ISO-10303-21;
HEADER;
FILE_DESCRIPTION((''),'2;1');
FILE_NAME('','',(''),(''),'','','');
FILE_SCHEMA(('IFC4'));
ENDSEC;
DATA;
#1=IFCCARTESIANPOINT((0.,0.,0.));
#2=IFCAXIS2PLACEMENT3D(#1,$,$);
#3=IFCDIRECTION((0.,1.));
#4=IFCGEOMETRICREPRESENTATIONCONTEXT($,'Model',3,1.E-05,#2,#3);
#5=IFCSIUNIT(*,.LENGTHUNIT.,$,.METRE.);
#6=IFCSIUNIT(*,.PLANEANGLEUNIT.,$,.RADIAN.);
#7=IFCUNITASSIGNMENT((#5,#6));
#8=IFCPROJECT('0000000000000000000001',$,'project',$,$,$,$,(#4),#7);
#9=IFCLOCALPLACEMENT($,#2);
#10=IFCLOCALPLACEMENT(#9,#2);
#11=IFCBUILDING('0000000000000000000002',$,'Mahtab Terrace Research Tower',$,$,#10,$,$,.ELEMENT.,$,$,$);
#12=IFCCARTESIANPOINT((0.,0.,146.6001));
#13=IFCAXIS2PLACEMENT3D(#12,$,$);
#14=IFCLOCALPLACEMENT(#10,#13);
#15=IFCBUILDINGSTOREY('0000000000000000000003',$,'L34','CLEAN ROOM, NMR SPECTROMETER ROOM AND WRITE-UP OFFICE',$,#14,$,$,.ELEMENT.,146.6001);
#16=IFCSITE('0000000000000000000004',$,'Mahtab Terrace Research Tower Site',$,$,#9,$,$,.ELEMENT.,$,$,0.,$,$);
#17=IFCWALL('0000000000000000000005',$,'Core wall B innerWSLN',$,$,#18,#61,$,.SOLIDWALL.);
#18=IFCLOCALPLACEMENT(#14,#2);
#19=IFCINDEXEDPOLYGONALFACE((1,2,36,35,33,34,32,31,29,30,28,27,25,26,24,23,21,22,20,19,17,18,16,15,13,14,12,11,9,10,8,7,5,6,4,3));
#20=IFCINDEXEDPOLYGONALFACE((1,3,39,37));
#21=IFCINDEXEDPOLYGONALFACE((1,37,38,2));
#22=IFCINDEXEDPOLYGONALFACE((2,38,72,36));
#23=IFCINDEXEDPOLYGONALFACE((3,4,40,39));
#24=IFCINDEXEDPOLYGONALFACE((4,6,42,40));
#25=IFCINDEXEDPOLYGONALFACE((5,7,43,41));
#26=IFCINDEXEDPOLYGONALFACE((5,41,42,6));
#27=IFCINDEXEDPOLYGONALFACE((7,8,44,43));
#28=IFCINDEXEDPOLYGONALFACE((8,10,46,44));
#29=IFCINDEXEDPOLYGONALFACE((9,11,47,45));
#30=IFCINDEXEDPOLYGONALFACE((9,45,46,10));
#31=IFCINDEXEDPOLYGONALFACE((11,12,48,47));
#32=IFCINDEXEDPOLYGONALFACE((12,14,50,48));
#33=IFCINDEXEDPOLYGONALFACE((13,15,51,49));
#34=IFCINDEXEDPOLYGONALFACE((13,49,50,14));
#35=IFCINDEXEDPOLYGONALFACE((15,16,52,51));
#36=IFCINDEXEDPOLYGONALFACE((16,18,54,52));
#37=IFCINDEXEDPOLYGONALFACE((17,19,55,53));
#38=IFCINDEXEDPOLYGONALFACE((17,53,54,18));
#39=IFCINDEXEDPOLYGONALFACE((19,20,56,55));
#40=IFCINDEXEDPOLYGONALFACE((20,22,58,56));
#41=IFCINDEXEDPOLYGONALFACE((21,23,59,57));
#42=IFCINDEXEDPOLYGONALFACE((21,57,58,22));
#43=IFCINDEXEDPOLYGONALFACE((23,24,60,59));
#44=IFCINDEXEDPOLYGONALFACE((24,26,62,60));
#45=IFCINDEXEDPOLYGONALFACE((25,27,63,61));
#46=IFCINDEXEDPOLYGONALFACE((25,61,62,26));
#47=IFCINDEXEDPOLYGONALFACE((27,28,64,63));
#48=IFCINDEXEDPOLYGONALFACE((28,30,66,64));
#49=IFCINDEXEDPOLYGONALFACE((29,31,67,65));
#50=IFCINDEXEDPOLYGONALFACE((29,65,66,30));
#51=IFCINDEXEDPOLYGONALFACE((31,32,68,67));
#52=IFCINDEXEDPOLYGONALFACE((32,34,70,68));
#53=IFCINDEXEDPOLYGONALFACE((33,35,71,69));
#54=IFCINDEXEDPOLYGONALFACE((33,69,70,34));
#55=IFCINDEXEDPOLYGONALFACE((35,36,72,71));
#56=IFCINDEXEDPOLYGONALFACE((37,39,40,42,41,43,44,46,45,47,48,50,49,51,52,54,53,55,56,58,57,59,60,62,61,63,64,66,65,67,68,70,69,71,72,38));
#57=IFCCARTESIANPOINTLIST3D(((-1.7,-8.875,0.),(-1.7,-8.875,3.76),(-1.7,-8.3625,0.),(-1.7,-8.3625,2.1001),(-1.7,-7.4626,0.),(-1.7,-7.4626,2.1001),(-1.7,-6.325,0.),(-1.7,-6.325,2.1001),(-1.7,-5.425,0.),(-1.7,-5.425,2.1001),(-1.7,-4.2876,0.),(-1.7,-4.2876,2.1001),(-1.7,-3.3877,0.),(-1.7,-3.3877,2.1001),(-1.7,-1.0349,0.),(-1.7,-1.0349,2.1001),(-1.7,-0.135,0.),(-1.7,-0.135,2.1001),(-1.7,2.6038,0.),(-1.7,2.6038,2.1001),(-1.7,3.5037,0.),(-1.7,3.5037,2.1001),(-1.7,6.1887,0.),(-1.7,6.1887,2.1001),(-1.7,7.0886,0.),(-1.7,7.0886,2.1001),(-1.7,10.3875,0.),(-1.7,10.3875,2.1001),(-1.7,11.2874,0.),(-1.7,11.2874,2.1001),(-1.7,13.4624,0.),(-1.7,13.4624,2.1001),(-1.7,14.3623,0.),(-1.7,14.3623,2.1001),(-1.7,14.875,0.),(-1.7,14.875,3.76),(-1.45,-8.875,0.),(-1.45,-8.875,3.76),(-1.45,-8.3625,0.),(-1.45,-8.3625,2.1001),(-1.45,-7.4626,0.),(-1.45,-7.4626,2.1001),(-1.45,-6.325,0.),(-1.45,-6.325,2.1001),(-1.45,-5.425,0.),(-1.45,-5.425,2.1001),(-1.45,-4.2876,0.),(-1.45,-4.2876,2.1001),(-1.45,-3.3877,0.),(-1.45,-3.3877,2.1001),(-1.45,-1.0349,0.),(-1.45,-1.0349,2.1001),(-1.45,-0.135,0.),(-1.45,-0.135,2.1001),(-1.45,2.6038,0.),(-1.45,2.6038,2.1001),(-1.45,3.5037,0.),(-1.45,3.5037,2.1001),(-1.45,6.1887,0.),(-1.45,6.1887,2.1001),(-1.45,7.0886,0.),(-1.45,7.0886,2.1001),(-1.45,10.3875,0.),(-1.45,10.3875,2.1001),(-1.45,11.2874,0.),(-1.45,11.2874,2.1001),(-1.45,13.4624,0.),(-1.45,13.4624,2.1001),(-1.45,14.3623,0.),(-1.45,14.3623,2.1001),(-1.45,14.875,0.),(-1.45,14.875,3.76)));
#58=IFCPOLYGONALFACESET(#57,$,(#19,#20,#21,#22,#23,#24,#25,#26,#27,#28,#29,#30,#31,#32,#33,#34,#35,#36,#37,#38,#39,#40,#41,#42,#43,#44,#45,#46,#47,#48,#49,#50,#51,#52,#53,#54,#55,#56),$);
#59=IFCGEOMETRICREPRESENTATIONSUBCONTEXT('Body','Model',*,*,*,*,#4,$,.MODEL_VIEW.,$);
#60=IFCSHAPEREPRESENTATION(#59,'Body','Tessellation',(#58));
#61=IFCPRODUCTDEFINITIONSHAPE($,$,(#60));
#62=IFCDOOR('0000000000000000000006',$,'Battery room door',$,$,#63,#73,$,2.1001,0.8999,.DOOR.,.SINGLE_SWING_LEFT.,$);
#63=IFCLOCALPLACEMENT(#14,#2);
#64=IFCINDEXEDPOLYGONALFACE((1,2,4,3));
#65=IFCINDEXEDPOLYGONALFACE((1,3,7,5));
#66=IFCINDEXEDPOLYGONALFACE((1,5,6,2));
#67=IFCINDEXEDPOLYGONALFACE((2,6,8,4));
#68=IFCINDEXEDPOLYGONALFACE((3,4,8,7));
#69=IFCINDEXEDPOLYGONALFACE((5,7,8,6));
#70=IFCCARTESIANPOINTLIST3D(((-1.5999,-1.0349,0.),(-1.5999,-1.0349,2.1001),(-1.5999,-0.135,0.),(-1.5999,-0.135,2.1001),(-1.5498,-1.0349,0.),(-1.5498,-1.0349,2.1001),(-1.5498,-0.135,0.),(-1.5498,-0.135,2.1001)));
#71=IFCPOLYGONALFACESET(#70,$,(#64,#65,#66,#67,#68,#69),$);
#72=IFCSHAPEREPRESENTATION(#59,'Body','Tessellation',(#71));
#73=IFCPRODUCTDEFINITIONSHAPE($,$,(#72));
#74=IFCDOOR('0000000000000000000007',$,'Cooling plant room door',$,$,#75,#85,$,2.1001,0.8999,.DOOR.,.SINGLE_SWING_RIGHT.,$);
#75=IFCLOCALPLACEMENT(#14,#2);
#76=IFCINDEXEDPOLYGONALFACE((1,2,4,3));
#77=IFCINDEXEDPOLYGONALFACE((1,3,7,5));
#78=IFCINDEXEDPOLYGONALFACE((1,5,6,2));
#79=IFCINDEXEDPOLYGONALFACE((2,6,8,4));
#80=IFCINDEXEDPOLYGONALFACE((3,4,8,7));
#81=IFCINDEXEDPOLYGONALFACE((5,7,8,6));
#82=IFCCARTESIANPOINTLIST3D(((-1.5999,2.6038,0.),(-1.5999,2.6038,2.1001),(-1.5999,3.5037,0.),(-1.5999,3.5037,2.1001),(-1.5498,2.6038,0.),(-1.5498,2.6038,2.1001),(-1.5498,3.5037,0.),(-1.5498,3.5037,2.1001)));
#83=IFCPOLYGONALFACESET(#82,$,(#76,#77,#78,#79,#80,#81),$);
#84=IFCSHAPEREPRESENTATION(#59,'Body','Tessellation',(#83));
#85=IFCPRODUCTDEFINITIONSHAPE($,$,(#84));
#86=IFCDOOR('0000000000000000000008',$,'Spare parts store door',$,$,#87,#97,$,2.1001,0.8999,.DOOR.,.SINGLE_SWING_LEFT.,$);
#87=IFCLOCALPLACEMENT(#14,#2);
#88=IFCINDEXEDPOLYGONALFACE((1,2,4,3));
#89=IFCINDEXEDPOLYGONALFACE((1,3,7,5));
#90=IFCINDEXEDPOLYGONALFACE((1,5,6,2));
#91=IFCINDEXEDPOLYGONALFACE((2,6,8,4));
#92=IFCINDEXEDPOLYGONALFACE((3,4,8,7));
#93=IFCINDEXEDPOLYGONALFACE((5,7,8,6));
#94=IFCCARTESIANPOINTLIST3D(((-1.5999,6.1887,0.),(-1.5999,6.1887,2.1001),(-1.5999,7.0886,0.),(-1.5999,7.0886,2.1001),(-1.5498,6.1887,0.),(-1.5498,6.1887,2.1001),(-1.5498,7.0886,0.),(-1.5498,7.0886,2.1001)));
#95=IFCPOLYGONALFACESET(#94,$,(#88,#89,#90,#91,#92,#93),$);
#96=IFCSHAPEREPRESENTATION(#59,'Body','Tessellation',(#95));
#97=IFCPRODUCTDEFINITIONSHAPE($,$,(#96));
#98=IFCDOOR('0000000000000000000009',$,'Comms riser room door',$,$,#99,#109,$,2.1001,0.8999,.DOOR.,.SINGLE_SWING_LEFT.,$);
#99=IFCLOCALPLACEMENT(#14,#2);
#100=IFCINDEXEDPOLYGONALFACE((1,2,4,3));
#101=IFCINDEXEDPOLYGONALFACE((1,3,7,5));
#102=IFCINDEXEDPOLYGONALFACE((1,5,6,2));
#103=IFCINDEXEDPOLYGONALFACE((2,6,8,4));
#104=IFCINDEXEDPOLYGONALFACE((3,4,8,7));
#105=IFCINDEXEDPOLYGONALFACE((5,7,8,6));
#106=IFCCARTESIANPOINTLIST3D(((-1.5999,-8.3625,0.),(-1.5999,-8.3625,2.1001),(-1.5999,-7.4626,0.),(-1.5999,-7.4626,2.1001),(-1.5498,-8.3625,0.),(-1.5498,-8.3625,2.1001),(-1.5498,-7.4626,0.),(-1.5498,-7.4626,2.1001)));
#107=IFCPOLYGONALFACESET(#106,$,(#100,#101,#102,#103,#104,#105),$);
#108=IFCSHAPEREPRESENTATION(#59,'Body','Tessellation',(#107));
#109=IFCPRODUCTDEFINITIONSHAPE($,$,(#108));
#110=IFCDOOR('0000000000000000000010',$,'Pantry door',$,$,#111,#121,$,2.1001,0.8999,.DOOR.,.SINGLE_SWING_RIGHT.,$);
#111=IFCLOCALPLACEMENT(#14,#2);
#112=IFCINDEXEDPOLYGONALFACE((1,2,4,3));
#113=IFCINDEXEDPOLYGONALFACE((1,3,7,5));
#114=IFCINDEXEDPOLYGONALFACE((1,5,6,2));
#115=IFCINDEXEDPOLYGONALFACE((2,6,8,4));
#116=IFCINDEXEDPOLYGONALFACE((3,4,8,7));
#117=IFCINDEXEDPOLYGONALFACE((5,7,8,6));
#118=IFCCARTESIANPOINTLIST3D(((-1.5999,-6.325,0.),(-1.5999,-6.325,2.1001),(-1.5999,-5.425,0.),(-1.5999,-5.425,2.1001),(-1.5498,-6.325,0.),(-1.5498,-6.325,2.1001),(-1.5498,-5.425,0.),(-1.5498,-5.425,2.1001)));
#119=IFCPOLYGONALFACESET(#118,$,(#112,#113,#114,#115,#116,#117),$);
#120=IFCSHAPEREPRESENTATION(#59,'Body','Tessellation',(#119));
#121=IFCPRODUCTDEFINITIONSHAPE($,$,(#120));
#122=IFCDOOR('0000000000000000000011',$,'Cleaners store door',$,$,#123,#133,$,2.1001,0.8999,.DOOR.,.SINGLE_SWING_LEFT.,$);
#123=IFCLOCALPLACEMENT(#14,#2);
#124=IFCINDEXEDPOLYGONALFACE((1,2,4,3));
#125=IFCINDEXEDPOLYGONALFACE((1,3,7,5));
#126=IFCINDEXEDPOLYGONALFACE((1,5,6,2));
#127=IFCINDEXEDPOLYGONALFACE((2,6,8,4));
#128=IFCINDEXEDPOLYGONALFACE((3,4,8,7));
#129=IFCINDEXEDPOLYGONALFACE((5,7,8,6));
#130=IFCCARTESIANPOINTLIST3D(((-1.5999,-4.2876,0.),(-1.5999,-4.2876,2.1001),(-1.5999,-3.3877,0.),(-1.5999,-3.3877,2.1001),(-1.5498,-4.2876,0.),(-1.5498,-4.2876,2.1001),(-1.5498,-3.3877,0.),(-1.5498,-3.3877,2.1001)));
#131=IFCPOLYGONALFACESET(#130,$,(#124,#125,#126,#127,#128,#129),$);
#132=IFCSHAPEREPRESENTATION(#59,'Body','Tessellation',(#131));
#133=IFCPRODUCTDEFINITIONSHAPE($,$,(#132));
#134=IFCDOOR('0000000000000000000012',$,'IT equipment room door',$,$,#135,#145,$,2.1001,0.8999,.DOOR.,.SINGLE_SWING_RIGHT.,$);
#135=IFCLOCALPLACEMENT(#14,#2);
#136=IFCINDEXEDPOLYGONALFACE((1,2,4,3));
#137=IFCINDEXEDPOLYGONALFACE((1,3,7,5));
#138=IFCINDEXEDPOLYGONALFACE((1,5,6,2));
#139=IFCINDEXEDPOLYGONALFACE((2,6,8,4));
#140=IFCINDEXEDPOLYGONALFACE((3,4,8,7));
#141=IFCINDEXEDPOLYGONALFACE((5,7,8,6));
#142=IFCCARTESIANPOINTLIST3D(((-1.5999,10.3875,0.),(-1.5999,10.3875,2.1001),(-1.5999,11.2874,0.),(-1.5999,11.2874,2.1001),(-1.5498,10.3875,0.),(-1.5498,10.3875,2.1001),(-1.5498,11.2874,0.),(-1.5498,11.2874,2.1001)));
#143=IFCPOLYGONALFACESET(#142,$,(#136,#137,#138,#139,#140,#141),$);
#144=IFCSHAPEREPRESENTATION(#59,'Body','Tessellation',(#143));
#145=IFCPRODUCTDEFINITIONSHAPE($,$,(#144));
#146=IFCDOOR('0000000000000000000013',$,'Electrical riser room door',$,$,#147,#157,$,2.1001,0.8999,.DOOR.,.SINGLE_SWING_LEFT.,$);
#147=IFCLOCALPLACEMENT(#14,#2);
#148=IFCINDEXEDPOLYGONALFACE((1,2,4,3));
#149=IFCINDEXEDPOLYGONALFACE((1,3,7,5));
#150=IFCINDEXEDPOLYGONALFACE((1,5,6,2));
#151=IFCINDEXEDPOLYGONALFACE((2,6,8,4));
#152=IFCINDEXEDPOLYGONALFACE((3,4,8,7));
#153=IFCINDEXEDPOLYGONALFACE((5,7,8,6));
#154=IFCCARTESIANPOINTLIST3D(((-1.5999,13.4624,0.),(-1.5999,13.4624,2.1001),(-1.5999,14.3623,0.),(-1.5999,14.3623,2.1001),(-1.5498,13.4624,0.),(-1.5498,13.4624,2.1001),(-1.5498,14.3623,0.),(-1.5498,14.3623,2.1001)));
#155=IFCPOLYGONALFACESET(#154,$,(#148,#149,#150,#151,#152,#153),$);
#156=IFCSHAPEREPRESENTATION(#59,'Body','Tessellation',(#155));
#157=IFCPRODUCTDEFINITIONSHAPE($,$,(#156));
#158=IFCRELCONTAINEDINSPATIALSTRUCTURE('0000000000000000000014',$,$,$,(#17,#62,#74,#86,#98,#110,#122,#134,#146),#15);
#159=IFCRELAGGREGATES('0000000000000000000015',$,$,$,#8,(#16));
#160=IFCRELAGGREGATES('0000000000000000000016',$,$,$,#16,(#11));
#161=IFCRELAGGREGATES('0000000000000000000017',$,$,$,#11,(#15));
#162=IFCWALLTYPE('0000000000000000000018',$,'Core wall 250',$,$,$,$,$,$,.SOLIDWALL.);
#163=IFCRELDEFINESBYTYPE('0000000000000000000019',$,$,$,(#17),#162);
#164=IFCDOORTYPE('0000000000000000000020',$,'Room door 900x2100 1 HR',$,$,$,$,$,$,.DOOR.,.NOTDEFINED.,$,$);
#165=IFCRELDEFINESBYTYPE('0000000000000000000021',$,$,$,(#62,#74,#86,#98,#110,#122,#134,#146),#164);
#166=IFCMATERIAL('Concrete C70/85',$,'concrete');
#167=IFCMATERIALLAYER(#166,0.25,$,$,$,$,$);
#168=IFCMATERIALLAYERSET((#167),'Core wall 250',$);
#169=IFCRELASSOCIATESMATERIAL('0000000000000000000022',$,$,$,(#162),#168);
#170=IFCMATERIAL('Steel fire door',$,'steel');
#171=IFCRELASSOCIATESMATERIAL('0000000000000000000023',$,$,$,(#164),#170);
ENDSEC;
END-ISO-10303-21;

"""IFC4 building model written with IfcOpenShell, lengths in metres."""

from ifc_helpers import new_model, si_unit, direction, frame, frame_2d, origin, place, context, subcontext, project, spatial, rectangle, extrude, material, layer, layer_set, type_object, element, fill, save


model = new_model("IFC4")

# Units and contexts
model_context = context("Model", 3, precision=1e-05, world=origin(), true_north=direction((0.0, 1.0)))
body_context = subcontext(model_context, "Body", "Model", "MODEL_VIEW")
ifc_project = project(units=[si_unit("LENGTHUNIT", "METRE"), si_unit("PLANEANGLEUNIT", "RADIAN")], contexts=[model_context])

# Site, building, storey
site_placement = place(None, origin())
site = spatial("IfcSite", under=ifc_project, at=site_placement, Name="Mahtab Terrace Research Tower Site", CompositionType="ELEMENT", RefElevation=0.0)
building_placement = place(site_placement, origin())
building = spatial("IfcBuilding", under=site, at=building_placement, Name="Mahtab Terrace Research Tower", CompositionType="ELEMENT")
storey_placement = place(building_placement, frame((0.0, 0.0, 146.6001)))
storey = spatial("IfcBuildingStorey", under=building, at=storey_placement, Name="L34", Description="CLEAN ROOM, NMR SPECTROMETER ROOM AND WRITE-UP OFFICE", CompositionType="ELEMENT", Elevation=146.6001)

# Shared definitions
ifc_material_1 = material(Name="Concrete C70/85", Category="concrete")
ifc_layer_1 = layer(ifc_material_1, 0.25)
ifc_layer_set_1 = layer_set([ifc_layer_1], Name="Core wall 250")
wall_type_1 = type_object("IfcWallType", Name="Core wall 250", PredefinedType="SOLIDWALL", material=ifc_layer_set_1)

# Shared definitions
ifc_material_2 = material(Name="Steel fire door", Category="steel")

# Wall, openings, doors
wall_1_placement = place(storey_placement, frame((-1.575, -8.875, 0.0), z_axis=(0.0, 0.0, 1.0), x_axis=(0.0, 1.0, 0.0)))
wall_1 = element("IfcWall", 1, at=wall_1_placement, inside=storey, type_object=wall_type_1, Name="Core wall B innerWSLN", PredefinedType="SOLIDWALL", context=body_context, shape_type="SweptSolid", body=[
    extrude(rectangle(XDim=23.75, YDim=0.25, at=frame_2d((11.875, 0.0))), origin(), (0.0, 0.0, 1.0), 3.76),
])
opening_1_placement = place(wall_1_placement, frame((7.8401, 0.0, 0.0)))
opening_1 = element("IfcOpeningElement", 2, at=opening_1_placement, cuts=wall_1, PredefinedType="OPENING", context=body_context, shape_type="SweptSolid", body=[
    extrude(rectangle(XDim=0.8999, YDim=2.1001, at=frame_2d((0.45, 1.05))), frame((0.0, 0.135, 0.0), z_axis=(0.0, -1.0, 0.0), x_axis=(1.0, 0.0, 0.0)), (0.0, 0.0, 1.0), 0.27),
])
opening_2_placement = place(wall_1_placement, frame((11.4788, 0.0, 0.0)))
opening_2 = element("IfcOpeningElement", 3, at=opening_2_placement, cuts=wall_1, PredefinedType="OPENING", context=body_context, shape_type="SweptSolid", body=[
    extrude(rectangle(XDim=0.8999, YDim=2.1001, at=frame_2d((0.45, 1.05))), frame((0.0, 0.135, 0.0), z_axis=(0.0, -1.0, 0.0), x_axis=(1.0, 0.0, 0.0)), (0.0, 0.0, 1.0), 0.27),
])
opening_3_placement = place(wall_1_placement, frame((15.0637, 0.0, 0.0)))
opening_3 = element("IfcOpeningElement", 4, at=opening_3_placement, cuts=wall_1, PredefinedType="OPENING", context=body_context, shape_type="SweptSolid", body=[
    extrude(rectangle(XDim=0.8999, YDim=2.1001, at=frame_2d((0.45, 1.05))), frame((0.0, 0.135, 0.0), z_axis=(0.0, -1.0, 0.0), x_axis=(1.0, 0.0, 0.0)), (0.0, 0.0, 1.0), 0.27),
])
opening_4_placement = place(wall_1_placement, frame((0.5125, 0.0, 0.0)))
opening_4 = element("IfcOpeningElement", 5, at=opening_4_placement, cuts=wall_1, PredefinedType="OPENING", context=body_context, shape_type="SweptSolid", body=[
    extrude(rectangle(XDim=0.8999, YDim=2.1001, at=frame_2d((0.45, 1.05))), frame((0.0, 0.135, 0.0), z_axis=(0.0, -1.0, 0.0), x_axis=(1.0, 0.0, 0.0)), (0.0, 0.0, 1.0), 0.27),
])
opening_5_placement = place(wall_1_placement, frame((2.55, 0.0, 0.0)))
opening_5 = element("IfcOpeningElement", 6, at=opening_5_placement, cuts=wall_1, PredefinedType="OPENING", context=body_context, shape_type="SweptSolid", body=[
    extrude(rectangle(XDim=0.8999, YDim=2.1001, at=frame_2d((0.45, 1.05))), frame((0.0, 0.135, 0.0), z_axis=(0.0, -1.0, 0.0), x_axis=(1.0, 0.0, 0.0)), (0.0, 0.0, 1.0), 0.27),
])
opening_6_placement = place(wall_1_placement, frame((4.5874, 0.0, 0.0)))
opening_6 = element("IfcOpeningElement", 7, at=opening_6_placement, cuts=wall_1, PredefinedType="OPENING", context=body_context, shape_type="SweptSolid", body=[
    extrude(rectangle(XDim=0.8999, YDim=2.1001, at=frame_2d((0.45, 1.05))), frame((0.0, 0.135, 0.0), z_axis=(0.0, -1.0, 0.0), x_axis=(1.0, 0.0, 0.0)), (0.0, 0.0, 1.0), 0.27),
])
opening_7_placement = place(wall_1_placement, frame((19.2625, 0.0, 0.0)))
opening_7 = element("IfcOpeningElement", 8, at=opening_7_placement, cuts=wall_1, PredefinedType="OPENING", context=body_context, shape_type="SweptSolid", body=[
    extrude(rectangle(XDim=0.8999, YDim=2.1001, at=frame_2d((0.45, 1.05))), frame((0.0, 0.135, 0.0), z_axis=(0.0, -1.0, 0.0), x_axis=(1.0, 0.0, 0.0)), (0.0, 0.0, 1.0), 0.27),
])
opening_8_placement = place(wall_1_placement, frame((22.3374, 0.0, 0.0)))
opening_8 = element("IfcOpeningElement", 9, at=opening_8_placement, cuts=wall_1, PredefinedType="OPENING", context=body_context, shape_type="SweptSolid", body=[
    extrude(rectangle(XDim=0.8999, YDim=2.1001, at=frame_2d((0.45, 1.05))), frame((0.0, 0.135, 0.0), z_axis=(0.0, -1.0, 0.0), x_axis=(1.0, 0.0, 0.0)), (0.0, 0.0, 1.0), 0.27),
])
door_type_1 = type_object("IfcDoorType", Name="Room door 900x2100 1 HR", OperationType="NOTDEFINED", PredefinedType="DOOR", material=ifc_material_2)
door_1_placement = place(opening_1_placement, origin())
door_1 = element("IfcDoor", 10, at=door_1_placement, inside=storey, type_object=door_type_1, Name="Battery room door", OperationType="SINGLE_SWING_LEFT", OverallHeight=2.1001, OverallWidth=0.8999, PredefinedType="DOOR", context=body_context, shape_type="SweptSolid", body=[
    extrude(rectangle(XDim=0.8999, YDim=2.1001, at=frame_2d((0.45, 1.05))), frame((0.0, 0.0249, 0.0), z_axis=(0.0, -1.0, 0.0), x_axis=(1.0, 0.0, 0.0)), (0.0, 0.0, 1.0), 0.05),
])
fill(opening_1, door_1)
door_2_placement = place(opening_2_placement, origin())
door_2 = element("IfcDoor", 11, at=door_2_placement, inside=storey, type_object=door_type_1, Name="Cooling plant room door", OperationType="SINGLE_SWING_RIGHT", OverallHeight=2.1001, OverallWidth=0.8999, PredefinedType="DOOR", context=body_context, shape_type="SweptSolid", body=[
    extrude(rectangle(XDim=0.8999, YDim=2.1001, at=frame_2d((0.45, 1.05))), frame((0.0, 0.0249, 0.0), z_axis=(0.0, -1.0, 0.0), x_axis=(1.0, 0.0, 0.0)), (0.0, 0.0, 1.0), 0.05),
])
fill(opening_2, door_2)
door_3_placement = place(opening_3_placement, origin())
door_3 = element("IfcDoor", 12, at=door_3_placement, inside=storey, type_object=door_type_1, Name="Spare parts store door", OperationType="SINGLE_SWING_LEFT", OverallHeight=2.1001, OverallWidth=0.8999, PredefinedType="DOOR", context=body_context, shape_type="SweptSolid", body=[
    extrude(rectangle(XDim=0.8999, YDim=2.1001, at=frame_2d((0.45, 1.05))), frame((0.0, 0.0249, 0.0), z_axis=(0.0, -1.0, 0.0), x_axis=(1.0, 0.0, 0.0)), (0.0, 0.0, 1.0), 0.05),
])
fill(opening_3, door_3)
door_4_placement = place(opening_4_placement, origin())
door_4 = element("IfcDoor", 13, at=door_4_placement, inside=storey, type_object=door_type_1, Name="Comms riser room door", OperationType="SINGLE_SWING_LEFT", OverallHeight=2.1001, OverallWidth=0.8999, PredefinedType="DOOR", context=body_context, shape_type="SweptSolid", body=[
    extrude(rectangle(XDim=0.8999, YDim=2.1001, at=frame_2d((0.45, 1.05))), frame((0.0, 0.0249, 0.0), z_axis=(0.0, -1.0, 0.0), x_axis=(1.0, 0.0, 0.0)), (0.0, 0.0, 1.0), 0.05),
])
fill(opening_4, door_4)
door_5_placement = place(opening_5_placement, origin())
door_5 = element("IfcDoor", 14, at=door_5_placement, inside=storey, type_object=door_type_1, Name="Pantry door", OperationType="SINGLE_SWING_RIGHT", OverallHeight=2.1001, OverallWidth=0.8999, PredefinedType="DOOR", context=body_context, shape_type="SweptSolid", body=[
    extrude(rectangle(XDim=0.8999, YDim=2.1001, at=frame_2d((0.45, 1.05))), frame((0.0, 0.0249, 0.0), z_axis=(0.0, -1.0, 0.0), x_axis=(1.0, 0.0, 0.0)), (0.0, 0.0, 1.0), 0.05),
])
fill(opening_5, door_5)
door_6_placement = place(opening_6_placement, origin())
door_6 = element("IfcDoor", 15, at=door_6_placement, inside=storey, type_object=door_type_1, Name="Cleaners store door", OperationType="SINGLE_SWING_LEFT", OverallHeight=2.1001, OverallWidth=0.8999, PredefinedType="DOOR", context=body_context, shape_type="SweptSolid", body=[
    extrude(rectangle(XDim=0.8999, YDim=2.1001, at=frame_2d((0.45, 1.05))), frame((0.0, 0.0249, 0.0), z_axis=(0.0, -1.0, 0.0), x_axis=(1.0, 0.0, 0.0)), (0.0, 0.0, 1.0), 0.05),
])
fill(opening_6, door_6)
door_7_placement = place(opening_7_placement, origin())
door_7 = element("IfcDoor", 16, at=door_7_placement, inside=storey, type_object=door_type_1, Name="IT equipment room door", OperationType="SINGLE_SWING_RIGHT", OverallHeight=2.1001, OverallWidth=0.8999, PredefinedType="DOOR", context=body_context, shape_type="SweptSolid", body=[
    extrude(rectangle(XDim=0.8999, YDim=2.1001, at=frame_2d((0.45, 1.05))), frame((0.0, 0.0249, 0.0), z_axis=(0.0, -1.0, 0.0), x_axis=(1.0, 0.0, 0.0)), (0.0, 0.0, 1.0), 0.05),
])
fill(opening_7, door_7)
door_8_placement = place(opening_8_placement, origin())
door_8 = element("IfcDoor", 17, at=door_8_placement, inside=storey, type_object=door_type_1, Name="Electrical riser room door", OperationType="SINGLE_SWING_LEFT", OverallHeight=2.1001, OverallWidth=0.8999, PredefinedType="DOOR", context=body_context, shape_type="SweptSolid", body=[
    extrude(rectangle(XDim=0.8999, YDim=2.1001, at=frame_2d((0.45, 1.05))), frame((0.0, 0.0249, 0.0), z_axis=(0.0, -1.0, 0.0), x_axis=(1.0, 0.0, 0.0)), (0.0, 0.0, 1.0), 0.05),
])
fill(opening_8, door_8)

save(model, "model.ifc")
